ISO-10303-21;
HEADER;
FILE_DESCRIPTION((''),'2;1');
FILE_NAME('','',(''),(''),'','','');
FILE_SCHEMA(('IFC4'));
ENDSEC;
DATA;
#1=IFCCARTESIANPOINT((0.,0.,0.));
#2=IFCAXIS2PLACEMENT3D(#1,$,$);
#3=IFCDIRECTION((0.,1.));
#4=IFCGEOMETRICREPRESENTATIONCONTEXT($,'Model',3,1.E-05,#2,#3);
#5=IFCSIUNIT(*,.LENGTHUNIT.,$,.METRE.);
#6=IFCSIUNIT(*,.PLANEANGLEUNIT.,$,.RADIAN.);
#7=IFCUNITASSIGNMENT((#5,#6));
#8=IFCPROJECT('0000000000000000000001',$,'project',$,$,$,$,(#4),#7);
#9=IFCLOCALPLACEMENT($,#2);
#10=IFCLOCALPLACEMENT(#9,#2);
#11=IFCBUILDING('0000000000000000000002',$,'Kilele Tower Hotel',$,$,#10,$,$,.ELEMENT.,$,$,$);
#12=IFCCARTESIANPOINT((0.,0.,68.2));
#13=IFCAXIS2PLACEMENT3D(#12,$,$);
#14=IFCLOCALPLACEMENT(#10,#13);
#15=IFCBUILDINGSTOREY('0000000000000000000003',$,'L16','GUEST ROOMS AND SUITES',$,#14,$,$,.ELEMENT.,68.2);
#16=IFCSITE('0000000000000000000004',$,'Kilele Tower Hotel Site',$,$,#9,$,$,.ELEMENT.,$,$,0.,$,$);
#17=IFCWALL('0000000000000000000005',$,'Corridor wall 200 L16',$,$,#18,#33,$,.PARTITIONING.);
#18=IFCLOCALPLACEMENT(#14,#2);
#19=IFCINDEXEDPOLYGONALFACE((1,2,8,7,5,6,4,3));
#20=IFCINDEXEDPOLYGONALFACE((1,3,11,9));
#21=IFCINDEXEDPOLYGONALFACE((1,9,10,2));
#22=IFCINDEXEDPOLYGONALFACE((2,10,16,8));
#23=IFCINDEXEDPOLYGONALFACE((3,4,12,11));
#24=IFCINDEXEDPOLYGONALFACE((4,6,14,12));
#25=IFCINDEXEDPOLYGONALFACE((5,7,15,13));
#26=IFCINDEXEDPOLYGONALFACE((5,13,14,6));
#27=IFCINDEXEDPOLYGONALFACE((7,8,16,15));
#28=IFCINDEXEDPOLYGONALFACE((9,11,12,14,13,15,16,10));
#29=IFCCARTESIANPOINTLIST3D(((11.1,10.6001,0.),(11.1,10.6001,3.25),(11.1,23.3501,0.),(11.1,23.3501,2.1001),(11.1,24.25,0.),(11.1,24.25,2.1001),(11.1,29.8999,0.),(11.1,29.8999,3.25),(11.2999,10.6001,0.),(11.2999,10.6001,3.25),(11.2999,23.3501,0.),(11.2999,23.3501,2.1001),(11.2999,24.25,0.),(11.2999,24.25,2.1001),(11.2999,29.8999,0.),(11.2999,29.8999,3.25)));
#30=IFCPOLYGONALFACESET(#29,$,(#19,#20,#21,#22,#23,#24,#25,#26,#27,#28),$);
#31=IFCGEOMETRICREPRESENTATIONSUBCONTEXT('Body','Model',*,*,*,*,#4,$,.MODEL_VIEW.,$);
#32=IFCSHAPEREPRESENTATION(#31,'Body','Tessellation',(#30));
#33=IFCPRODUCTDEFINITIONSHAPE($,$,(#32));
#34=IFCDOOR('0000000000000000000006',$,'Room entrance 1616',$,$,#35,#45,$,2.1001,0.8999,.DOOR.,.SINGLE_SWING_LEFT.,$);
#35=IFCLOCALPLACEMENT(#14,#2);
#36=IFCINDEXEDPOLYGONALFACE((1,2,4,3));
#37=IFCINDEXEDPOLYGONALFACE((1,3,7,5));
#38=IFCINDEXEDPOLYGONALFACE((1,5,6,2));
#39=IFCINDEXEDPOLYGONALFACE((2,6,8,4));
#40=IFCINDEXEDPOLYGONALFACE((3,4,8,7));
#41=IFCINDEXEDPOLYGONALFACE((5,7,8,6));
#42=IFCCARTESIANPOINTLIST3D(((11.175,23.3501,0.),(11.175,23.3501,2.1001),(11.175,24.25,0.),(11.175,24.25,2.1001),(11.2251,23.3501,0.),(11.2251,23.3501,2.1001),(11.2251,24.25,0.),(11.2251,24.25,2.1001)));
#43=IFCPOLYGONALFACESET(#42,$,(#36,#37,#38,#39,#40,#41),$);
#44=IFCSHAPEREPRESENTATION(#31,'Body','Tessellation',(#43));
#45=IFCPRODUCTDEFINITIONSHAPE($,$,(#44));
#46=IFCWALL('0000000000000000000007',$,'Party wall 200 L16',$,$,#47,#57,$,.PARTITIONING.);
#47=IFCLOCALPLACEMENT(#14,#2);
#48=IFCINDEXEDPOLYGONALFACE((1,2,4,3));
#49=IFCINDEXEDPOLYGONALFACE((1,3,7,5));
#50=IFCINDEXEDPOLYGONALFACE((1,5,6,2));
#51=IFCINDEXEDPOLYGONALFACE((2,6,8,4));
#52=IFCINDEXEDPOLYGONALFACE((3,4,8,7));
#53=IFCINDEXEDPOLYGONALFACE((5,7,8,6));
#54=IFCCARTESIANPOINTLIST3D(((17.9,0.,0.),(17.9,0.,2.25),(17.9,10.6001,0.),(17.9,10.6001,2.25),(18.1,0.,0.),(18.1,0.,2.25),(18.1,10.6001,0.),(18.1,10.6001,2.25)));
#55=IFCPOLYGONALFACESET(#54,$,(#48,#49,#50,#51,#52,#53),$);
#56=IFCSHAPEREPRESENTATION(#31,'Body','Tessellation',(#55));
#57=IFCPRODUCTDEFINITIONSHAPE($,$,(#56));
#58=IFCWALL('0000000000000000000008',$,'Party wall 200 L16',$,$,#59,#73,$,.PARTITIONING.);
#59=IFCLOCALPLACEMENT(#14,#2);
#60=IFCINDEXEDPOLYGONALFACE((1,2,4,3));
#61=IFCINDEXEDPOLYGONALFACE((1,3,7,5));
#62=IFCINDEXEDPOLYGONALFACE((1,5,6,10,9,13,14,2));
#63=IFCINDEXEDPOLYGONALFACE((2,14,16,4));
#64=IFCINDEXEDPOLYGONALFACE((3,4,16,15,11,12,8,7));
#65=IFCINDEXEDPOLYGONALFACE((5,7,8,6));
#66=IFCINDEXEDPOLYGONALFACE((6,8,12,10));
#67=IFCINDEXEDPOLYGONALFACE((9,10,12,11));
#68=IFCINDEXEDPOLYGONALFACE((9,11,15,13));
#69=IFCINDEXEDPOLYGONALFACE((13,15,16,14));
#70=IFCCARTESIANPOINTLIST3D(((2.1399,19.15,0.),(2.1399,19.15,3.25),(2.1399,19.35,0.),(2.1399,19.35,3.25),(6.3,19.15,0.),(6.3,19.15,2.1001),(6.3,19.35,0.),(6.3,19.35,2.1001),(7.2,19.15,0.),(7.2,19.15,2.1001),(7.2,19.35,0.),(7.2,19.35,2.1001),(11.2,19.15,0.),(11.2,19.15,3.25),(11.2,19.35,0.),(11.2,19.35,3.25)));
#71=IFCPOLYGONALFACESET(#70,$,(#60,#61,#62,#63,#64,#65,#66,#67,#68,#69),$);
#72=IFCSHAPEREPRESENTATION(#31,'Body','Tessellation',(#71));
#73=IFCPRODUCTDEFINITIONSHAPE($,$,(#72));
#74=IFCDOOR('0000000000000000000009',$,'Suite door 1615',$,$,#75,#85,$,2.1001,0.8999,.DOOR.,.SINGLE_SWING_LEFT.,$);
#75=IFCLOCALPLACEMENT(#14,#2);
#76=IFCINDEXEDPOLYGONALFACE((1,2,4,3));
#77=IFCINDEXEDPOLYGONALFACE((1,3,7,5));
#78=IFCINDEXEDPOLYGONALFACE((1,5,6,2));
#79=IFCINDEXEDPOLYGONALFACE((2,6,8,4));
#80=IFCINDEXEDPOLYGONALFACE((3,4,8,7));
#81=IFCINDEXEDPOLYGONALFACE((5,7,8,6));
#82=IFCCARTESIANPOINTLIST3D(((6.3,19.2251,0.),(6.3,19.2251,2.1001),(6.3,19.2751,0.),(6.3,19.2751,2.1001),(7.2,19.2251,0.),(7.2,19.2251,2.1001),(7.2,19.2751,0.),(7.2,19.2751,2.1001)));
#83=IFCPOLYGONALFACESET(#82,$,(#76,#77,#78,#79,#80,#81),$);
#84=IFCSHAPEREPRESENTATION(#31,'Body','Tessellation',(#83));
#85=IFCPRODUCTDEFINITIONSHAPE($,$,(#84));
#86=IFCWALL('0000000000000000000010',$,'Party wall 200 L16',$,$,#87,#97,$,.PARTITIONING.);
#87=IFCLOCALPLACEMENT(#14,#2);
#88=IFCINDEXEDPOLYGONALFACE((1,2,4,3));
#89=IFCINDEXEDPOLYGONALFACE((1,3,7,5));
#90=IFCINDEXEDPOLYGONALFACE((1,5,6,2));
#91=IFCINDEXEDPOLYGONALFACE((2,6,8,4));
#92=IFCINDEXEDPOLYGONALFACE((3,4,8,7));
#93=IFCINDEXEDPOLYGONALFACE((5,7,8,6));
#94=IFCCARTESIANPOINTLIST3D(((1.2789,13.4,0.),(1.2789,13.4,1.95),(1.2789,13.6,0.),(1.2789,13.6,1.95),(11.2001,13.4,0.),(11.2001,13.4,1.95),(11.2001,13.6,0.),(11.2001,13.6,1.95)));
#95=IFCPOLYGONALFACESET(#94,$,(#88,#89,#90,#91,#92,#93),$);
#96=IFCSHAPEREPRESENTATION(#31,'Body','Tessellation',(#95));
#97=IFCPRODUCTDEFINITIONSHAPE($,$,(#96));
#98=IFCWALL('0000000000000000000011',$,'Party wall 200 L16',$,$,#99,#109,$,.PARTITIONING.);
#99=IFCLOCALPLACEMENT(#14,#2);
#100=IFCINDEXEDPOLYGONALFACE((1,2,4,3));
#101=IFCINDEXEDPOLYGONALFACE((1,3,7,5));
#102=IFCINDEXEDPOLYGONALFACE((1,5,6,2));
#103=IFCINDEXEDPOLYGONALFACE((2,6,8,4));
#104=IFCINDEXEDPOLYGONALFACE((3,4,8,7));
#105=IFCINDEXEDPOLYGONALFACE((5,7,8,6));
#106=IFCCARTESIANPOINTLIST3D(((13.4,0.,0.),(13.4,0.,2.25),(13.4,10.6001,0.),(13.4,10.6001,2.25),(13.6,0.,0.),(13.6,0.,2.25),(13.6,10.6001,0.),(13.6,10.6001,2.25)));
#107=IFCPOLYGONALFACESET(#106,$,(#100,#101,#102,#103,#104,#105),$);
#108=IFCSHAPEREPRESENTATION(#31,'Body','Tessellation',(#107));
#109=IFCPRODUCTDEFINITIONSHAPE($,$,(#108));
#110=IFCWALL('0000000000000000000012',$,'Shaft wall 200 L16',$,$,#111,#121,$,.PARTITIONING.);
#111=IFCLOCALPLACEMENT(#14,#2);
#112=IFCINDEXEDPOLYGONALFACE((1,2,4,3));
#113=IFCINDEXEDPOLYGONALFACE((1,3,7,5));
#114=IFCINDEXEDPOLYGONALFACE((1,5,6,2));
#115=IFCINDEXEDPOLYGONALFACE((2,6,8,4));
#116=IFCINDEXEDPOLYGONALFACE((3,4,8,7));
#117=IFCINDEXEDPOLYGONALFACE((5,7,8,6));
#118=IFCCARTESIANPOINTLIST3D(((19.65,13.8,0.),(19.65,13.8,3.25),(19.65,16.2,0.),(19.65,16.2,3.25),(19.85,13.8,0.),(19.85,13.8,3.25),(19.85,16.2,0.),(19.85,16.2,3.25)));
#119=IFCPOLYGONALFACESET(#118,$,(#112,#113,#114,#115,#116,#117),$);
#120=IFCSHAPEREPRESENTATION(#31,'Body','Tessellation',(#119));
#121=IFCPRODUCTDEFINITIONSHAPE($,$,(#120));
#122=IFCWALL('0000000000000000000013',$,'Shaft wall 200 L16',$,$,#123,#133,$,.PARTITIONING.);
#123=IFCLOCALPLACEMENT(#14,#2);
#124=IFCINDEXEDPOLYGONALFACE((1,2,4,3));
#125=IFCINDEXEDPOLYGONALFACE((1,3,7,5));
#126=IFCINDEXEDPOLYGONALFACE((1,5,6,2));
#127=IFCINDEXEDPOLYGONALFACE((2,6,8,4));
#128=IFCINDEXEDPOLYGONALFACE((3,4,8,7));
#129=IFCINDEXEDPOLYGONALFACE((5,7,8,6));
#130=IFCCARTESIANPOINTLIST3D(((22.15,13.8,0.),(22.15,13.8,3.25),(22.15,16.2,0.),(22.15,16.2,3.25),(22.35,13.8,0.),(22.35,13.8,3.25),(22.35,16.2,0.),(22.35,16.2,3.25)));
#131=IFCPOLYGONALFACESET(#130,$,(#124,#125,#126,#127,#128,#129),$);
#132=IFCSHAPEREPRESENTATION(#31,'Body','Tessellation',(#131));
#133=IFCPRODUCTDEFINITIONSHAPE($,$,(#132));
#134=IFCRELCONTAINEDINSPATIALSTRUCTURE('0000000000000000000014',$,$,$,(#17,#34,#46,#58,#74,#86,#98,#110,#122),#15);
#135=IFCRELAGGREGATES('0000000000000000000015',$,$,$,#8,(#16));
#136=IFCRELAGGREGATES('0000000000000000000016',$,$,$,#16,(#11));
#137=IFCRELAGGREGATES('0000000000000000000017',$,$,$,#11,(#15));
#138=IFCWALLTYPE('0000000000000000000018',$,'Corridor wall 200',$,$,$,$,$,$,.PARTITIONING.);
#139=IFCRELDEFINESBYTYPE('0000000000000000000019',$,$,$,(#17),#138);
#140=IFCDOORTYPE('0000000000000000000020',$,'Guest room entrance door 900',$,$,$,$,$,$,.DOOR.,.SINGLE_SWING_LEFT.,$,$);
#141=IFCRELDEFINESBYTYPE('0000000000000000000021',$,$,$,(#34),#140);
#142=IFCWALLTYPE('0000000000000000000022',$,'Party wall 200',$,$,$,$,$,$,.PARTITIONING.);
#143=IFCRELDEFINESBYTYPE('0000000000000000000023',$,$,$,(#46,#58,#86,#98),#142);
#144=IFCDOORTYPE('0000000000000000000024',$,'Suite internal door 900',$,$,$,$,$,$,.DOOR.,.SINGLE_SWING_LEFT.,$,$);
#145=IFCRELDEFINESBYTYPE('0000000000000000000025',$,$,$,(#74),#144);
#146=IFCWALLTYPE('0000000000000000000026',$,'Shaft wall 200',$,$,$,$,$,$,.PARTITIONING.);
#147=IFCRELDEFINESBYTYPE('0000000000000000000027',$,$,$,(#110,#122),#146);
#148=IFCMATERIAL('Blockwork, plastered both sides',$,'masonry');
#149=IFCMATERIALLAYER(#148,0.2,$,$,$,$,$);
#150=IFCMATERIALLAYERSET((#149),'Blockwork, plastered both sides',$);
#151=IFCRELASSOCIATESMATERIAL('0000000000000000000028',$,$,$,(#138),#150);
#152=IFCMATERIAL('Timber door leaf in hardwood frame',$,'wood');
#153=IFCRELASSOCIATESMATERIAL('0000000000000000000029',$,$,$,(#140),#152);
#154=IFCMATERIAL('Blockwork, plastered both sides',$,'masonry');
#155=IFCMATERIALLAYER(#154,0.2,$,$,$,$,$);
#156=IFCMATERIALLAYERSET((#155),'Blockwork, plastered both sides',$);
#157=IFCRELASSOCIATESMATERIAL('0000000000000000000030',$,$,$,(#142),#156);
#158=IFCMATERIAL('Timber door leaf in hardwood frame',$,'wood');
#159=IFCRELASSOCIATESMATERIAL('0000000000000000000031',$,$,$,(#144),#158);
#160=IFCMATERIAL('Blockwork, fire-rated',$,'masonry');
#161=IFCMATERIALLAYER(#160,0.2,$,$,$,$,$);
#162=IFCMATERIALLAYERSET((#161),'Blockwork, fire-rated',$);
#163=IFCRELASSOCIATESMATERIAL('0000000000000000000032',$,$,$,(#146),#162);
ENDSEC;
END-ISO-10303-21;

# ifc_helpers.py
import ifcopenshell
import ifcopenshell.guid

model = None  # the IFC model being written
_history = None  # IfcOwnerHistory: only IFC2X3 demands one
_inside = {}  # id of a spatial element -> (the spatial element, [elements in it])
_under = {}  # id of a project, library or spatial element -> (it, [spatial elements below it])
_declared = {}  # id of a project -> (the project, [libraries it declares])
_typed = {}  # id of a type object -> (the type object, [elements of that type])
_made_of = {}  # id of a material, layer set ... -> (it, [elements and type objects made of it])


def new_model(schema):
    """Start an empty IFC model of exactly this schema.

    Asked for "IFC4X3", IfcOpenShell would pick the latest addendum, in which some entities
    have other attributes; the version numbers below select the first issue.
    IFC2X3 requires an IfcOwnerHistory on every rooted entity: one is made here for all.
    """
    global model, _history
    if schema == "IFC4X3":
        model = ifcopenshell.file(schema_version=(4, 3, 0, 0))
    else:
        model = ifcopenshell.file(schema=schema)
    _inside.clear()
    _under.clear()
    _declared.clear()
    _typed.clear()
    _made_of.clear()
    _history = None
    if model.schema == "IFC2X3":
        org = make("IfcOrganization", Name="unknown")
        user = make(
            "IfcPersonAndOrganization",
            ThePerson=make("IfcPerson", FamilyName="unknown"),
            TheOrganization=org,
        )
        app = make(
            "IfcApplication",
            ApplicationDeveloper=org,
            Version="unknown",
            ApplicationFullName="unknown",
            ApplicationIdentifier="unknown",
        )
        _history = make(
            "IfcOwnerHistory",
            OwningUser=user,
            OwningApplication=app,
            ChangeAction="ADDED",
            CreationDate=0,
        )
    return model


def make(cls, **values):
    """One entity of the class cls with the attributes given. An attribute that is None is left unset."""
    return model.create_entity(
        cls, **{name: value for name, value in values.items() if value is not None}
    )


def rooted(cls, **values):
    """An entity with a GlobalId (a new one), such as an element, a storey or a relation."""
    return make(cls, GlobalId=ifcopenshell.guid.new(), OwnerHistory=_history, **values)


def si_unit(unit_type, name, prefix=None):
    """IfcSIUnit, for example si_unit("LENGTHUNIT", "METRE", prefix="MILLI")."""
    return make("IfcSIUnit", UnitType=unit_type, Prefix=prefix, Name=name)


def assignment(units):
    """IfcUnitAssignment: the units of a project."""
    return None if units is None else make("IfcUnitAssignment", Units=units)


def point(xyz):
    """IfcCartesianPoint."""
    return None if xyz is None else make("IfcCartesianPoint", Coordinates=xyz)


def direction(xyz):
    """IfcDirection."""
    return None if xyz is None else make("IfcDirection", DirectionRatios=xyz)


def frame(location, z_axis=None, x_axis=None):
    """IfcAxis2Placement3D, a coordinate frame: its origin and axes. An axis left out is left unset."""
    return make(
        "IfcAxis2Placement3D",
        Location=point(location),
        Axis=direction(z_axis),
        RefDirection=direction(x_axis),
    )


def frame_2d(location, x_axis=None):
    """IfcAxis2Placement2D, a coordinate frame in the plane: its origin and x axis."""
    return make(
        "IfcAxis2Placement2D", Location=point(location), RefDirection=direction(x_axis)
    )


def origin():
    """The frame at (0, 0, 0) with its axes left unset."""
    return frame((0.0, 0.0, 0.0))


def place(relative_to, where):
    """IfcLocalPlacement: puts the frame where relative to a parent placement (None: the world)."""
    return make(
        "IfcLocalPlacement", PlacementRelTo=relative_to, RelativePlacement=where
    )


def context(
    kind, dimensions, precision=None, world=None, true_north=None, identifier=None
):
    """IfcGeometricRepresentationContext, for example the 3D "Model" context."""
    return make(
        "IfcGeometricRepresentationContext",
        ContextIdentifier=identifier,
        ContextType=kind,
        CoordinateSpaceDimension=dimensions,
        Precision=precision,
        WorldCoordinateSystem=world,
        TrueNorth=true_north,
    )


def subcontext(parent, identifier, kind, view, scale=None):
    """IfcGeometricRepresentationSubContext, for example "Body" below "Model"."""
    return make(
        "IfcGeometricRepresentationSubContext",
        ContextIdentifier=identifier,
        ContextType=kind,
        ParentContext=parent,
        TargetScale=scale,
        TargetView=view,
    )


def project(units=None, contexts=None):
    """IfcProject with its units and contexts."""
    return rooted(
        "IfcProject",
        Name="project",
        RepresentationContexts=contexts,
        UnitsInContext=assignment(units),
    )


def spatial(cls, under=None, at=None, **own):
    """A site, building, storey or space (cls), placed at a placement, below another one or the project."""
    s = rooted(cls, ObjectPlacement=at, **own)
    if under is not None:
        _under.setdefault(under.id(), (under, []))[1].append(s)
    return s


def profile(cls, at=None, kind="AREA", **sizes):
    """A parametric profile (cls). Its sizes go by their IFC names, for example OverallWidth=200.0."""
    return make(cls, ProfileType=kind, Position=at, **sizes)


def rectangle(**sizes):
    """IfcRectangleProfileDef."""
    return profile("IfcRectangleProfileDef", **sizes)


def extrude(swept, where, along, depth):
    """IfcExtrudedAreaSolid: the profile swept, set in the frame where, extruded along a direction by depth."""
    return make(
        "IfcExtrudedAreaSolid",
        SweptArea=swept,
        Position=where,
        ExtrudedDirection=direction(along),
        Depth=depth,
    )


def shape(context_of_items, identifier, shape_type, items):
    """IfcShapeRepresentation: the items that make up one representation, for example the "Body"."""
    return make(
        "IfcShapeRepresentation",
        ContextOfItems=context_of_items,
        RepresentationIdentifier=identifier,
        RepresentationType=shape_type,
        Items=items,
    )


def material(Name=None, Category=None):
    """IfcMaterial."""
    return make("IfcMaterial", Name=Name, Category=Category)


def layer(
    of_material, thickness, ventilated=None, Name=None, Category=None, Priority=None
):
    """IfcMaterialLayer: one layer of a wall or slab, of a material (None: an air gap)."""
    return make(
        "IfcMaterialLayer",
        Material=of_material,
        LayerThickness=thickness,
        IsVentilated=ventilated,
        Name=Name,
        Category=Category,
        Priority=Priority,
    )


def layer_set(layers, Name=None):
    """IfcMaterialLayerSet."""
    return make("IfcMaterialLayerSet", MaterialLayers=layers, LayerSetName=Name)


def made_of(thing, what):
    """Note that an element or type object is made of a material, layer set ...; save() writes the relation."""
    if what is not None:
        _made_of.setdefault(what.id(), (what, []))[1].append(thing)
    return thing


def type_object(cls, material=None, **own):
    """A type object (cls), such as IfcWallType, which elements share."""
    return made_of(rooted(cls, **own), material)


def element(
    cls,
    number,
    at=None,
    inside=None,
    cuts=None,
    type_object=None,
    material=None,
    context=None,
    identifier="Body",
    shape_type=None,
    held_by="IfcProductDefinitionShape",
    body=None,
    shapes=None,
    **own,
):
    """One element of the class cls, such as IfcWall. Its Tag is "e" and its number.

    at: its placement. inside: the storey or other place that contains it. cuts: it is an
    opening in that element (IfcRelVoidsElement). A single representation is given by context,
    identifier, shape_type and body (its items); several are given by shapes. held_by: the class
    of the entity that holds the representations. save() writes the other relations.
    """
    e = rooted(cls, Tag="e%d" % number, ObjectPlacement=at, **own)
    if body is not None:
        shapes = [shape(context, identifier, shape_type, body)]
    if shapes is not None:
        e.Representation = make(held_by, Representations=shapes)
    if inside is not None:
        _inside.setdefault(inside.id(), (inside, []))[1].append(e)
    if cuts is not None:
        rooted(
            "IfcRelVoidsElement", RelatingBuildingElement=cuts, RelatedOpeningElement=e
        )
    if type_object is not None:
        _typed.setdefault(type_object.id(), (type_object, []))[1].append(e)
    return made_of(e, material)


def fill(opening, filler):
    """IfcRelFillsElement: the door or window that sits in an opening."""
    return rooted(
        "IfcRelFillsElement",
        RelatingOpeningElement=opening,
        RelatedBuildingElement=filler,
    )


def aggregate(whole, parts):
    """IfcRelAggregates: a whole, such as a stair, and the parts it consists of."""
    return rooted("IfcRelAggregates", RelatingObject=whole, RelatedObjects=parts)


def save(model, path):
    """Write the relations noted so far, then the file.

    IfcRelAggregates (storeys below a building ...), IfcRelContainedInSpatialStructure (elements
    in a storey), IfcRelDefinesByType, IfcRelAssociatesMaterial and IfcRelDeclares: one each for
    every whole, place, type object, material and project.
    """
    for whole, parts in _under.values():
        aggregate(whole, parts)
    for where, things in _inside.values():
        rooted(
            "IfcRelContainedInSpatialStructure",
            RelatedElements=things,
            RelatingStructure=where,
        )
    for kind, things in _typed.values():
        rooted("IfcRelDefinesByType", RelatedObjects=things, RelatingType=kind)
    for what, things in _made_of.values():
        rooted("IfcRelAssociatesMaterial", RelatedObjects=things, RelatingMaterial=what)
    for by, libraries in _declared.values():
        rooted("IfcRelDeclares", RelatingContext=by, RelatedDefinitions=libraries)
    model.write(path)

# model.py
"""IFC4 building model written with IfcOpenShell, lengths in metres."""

from ifc_helpers import new_model, si_unit, direction, frame, frame_2d, origin, place, context, subcontext, project, spatial, rectangle, extrude, material, layer, layer_set, type_object, element, fill, save


model = new_model("IFC4")

# Units and contexts
model_context = context("Model", 3, precision=1e-05, world=origin(), true_north=direction((0.0, 1.0)))
body_context = subcontext(model_context, "Body", "Model", "MODEL_VIEW")
ifc_project = project(units=[si_unit("LENGTHUNIT", "METRE"), si_unit("PLANEANGLEUNIT", "RADIAN")], contexts=[model_context])

# Site, building, storey
site_placement = place(None, origin())
site = spatial("IfcSite", under=ifc_project, at=site_placement, Name="Kilele Tower Hotel Site", CompositionType="ELEMENT", RefElevation=0.0)
building_placement = place(site_placement, origin())
building = spatial("IfcBuilding", under=site, at=building_placement, Name="Kilele Tower Hotel", CompositionType="ELEMENT")
storey_placement = place(building_placement, frame((0.0, 0.0, 68.2)))
storey = spatial("IfcBuildingStorey", under=building, at=storey_placement, Name="L16", Description="GUEST ROOMS AND SUITES", CompositionType="ELEMENT", Elevation=68.2)

# Wall, opening, door
ifc_material_1 = material(Name="Blockwork, plastered both sides", Category="masonry")
ifc_layer_1 = layer(ifc_material_1, 0.2)
ifc_layer_set_1 = layer_set([ifc_layer_1], Name="Blockwork, plastered both sides")
wall_type_1 = type_object("IfcWallType", Name="Corridor wall 200", PredefinedType="PARTITIONING", material=ifc_layer_set_1)
wall_1_placement = place(storey_placement, frame((11.2, 10.6001, 0.0), z_axis=(0.0, 0.0, 1.0), x_axis=(0.0, 1.0, 0.0)))
wall_1 = element("IfcWall", 1, at=wall_1_placement, inside=storey, type_object=wall_type_1, Name="Corridor wall 200 L16", PredefinedType="PARTITIONING", context=body_context, shape_type="SweptSolid", body=[
    extrude(rectangle(XDim=19.2998, YDim=0.2, at=frame_2d((9.6499, 0.0))), origin(), (0.0, 0.0, 1.0), 3.25),
])
opening_1_placement = place(wall_1_placement, frame((12.75, 0.0, 0.0)))
opening_1 = element("IfcOpeningElement", 2, at=opening_1_placement, cuts=wall_1, PredefinedType="OPENING", context=body_context, shape_type="SweptSolid", body=[
    extrude(rectangle(XDim=0.8999, YDim=2.1001, at=frame_2d((0.45, 1.05))), frame((0.0, 0.1099, 0.0), z_axis=(0.0, -1.0, 0.0), x_axis=(1.0, 0.0, 0.0)), (0.0, 0.0, 1.0), 0.22),
])
ifc_material_2 = material(Name="Timber door leaf in hardwood frame", Category="wood")
door_type_1 = type_object("IfcDoorType", Name="Guest room entrance door 900", OperationType="SINGLE_SWING_LEFT", PredefinedType="DOOR", material=ifc_material_2)
door_1_placement = place(opening_1_placement, origin())
door_1 = element("IfcDoor", 3, at=door_1_placement, inside=storey, type_object=door_type_1, Name="Room entrance 1616", OperationType="SINGLE_SWING_LEFT", OverallHeight=2.1001, OverallWidth=0.8999, PredefinedType="DOOR", context=body_context, shape_type="SweptSolid", body=[
    extrude(rectangle(XDim=0.8999, YDim=2.1001, at=frame_2d((0.45, 1.05))), frame((0.0, 0.0249, 0.0), z_axis=(0.0, -1.0, 0.0), x_axis=(1.0, 0.0, 0.0)), (0.0, 0.0, 1.0), 0.05),
])
fill(opening_1, door_1)

# Wall
ifc_material_3 = material(Name="Blockwork, plastered both sides", Category="masonry")
ifc_layer_2 = layer(ifc_material_3, 0.2)
ifc_layer_set_2 = layer_set([ifc_layer_2], Name="Blockwork, plastered both sides")
wall_type_2 = type_object("IfcWallType", Name="Party wall 200", PredefinedType="PARTITIONING", material=ifc_layer_set_2)
wall_2_placement = place(storey_placement, frame((18.0, 10.6001, 0.0), z_axis=(0.0, 0.0, 1.0), x_axis=(0.0, -1.0, 0.0)))
element("IfcWall", 4, at=wall_2_placement, inside=storey, type_object=wall_type_2, Name="Party wall 200 L16", PredefinedType="PARTITIONING", context=body_context, shape_type="SweptSolid", body=[
    extrude(rectangle(XDim=10.6001, YDim=0.2, at=frame_2d((5.3, 0.0))), origin(), (0.0, 0.0, 1.0), 2.25),
])

# Wall, opening, door
wall_3_placement = place(storey_placement, frame((11.2, 19.25, 0.0), z_axis=(0.0, 0.0, 1.0), x_axis=(-1.0, 0.0, 0.0)))
wall_3 = element("IfcWall", 5, at=wall_3_placement, inside=storey, type_object=wall_type_2, Name="Party wall 200 L16", PredefinedType="PARTITIONING", context=body_context, shape_type="SweptSolid", body=[
    extrude(rectangle(XDim=9.0601, YDim=0.2, at=frame_2d((4.53, 0.0))), origin(), (0.0, 0.0, 1.0), 3.25),
])
opening_2_placement = place(wall_3_placement, frame((4.0, 0.0, 0.0)))
opening_2 = element("IfcOpeningElement", 6, at=opening_2_placement, cuts=wall_3, PredefinedType="OPENING", context=body_context, shape_type="SweptSolid", body=[
    extrude(rectangle(XDim=0.8999, YDim=2.1001, at=frame_2d((0.45, 1.05))), frame((0.0, 0.1099, 0.0), z_axis=(0.0, -1.0, 0.0), x_axis=(1.0, 0.0, 0.0)), (0.0, 0.0, 1.0), 0.22),
])
ifc_material_4 = material(Name="Timber door leaf in hardwood frame", Category="wood")
door_type_2 = type_object("IfcDoorType", Name="Suite internal door 900", OperationType="SINGLE_SWING_LEFT", PredefinedType="DOOR", material=ifc_material_4)
door_2_placement = place(opening_2_placement, origin())
door_2 = element("IfcDoor", 7, at=door_2_placement, inside=storey, type_object=door_type_2, Name="Suite door 1615", OperationType="SINGLE_SWING_LEFT", OverallHeight=2.1001, OverallWidth=0.8999, PredefinedType="DOOR", context=body_context, shape_type="SweptSolid", body=[
    extrude(rectangle(XDim=0.8999, YDim=2.1001, at=frame_2d((0.45, 1.05))), frame((0.0, 0.0249, 0.0), z_axis=(0.0, -1.0, 0.0), x_axis=(1.0, 0.0, 0.0)), (0.0, 0.0, 1.0), 0.05),
])
fill(opening_2, door_2)

# Walls
wall_4_placement = place(storey_placement, frame((11.2, 13.5, 0.0), z_axis=(0.0, 0.0, 1.0), x_axis=(-1.0, 0.0, 0.0)))
element("IfcWall", 8, at=wall_4_placement, inside=storey, type_object=wall_type_2, Name="Party wall 200 L16", PredefinedType="PARTITIONING", context=body_context, shape_type="SweptSolid", body=[
    extrude(rectangle(XDim=9.9211, YDim=0.2, at=frame_2d((4.9604, 0.0))), origin(), (0.0, 0.0, 1.0), 1.95),
])
wall_5_placement = place(storey_placement, frame((13.5, 10.6001, 0.0), z_axis=(0.0, 0.0, 1.0), x_axis=(0.0, -1.0, 0.0)))
element("IfcWall", 9, at=wall_5_placement, inside=storey, type_object=wall_type_2, Name="Party wall 200 L16", PredefinedType="PARTITIONING", context=body_context, shape_type="SweptSolid", body=[
    extrude(rectangle(XDim=10.6001, YDim=0.2, at=frame_2d((5.3, 0.0))), origin(), (0.0, 0.0, 1.0), 2.25),
])
ifc_material_5 = material(Name="Blockwork, fire-rated", Category="masonry")
ifc_layer_3 = layer(ifc_material_5, 0.2)
ifc_layer_set_3 = layer_set([ifc_layer_3], Name="Blockwork, fire-rated")
wall_type_3 = type_object("IfcWallType", Name="Shaft wall 200", PredefinedType="PARTITIONING", material=ifc_layer_set_3)
for number, where, z_axis, x_axis, name in (
    (10, (19.75, 13.8, 0.0), (0.0, 0.0, 1.0), (0.0, 1.0, 0.0), "Shaft wall 200 L16"),
    (11, (22.25, 13.8, 0.0), (0.0, 0.0, 1.0), (0.0, 1.0, 0.0), "Shaft wall 200 L16"),
):
    element("IfcWall", number, at=place(storey_placement, frame(where, z_axis=z_axis, x_axis=x_axis)), inside=storey, type_object=wall_type_3, Name=name, PredefinedType="PARTITIONING", context=body_context, shape_type="SweptSolid", body=[
        extrude(rectangle(XDim=2.3999, YDim=0.2, at=frame_2d((1.2, 0.0))), origin(), (0.0, 0.0, 1.0), 3.25),
    ])

save(model, "model.ifc")
